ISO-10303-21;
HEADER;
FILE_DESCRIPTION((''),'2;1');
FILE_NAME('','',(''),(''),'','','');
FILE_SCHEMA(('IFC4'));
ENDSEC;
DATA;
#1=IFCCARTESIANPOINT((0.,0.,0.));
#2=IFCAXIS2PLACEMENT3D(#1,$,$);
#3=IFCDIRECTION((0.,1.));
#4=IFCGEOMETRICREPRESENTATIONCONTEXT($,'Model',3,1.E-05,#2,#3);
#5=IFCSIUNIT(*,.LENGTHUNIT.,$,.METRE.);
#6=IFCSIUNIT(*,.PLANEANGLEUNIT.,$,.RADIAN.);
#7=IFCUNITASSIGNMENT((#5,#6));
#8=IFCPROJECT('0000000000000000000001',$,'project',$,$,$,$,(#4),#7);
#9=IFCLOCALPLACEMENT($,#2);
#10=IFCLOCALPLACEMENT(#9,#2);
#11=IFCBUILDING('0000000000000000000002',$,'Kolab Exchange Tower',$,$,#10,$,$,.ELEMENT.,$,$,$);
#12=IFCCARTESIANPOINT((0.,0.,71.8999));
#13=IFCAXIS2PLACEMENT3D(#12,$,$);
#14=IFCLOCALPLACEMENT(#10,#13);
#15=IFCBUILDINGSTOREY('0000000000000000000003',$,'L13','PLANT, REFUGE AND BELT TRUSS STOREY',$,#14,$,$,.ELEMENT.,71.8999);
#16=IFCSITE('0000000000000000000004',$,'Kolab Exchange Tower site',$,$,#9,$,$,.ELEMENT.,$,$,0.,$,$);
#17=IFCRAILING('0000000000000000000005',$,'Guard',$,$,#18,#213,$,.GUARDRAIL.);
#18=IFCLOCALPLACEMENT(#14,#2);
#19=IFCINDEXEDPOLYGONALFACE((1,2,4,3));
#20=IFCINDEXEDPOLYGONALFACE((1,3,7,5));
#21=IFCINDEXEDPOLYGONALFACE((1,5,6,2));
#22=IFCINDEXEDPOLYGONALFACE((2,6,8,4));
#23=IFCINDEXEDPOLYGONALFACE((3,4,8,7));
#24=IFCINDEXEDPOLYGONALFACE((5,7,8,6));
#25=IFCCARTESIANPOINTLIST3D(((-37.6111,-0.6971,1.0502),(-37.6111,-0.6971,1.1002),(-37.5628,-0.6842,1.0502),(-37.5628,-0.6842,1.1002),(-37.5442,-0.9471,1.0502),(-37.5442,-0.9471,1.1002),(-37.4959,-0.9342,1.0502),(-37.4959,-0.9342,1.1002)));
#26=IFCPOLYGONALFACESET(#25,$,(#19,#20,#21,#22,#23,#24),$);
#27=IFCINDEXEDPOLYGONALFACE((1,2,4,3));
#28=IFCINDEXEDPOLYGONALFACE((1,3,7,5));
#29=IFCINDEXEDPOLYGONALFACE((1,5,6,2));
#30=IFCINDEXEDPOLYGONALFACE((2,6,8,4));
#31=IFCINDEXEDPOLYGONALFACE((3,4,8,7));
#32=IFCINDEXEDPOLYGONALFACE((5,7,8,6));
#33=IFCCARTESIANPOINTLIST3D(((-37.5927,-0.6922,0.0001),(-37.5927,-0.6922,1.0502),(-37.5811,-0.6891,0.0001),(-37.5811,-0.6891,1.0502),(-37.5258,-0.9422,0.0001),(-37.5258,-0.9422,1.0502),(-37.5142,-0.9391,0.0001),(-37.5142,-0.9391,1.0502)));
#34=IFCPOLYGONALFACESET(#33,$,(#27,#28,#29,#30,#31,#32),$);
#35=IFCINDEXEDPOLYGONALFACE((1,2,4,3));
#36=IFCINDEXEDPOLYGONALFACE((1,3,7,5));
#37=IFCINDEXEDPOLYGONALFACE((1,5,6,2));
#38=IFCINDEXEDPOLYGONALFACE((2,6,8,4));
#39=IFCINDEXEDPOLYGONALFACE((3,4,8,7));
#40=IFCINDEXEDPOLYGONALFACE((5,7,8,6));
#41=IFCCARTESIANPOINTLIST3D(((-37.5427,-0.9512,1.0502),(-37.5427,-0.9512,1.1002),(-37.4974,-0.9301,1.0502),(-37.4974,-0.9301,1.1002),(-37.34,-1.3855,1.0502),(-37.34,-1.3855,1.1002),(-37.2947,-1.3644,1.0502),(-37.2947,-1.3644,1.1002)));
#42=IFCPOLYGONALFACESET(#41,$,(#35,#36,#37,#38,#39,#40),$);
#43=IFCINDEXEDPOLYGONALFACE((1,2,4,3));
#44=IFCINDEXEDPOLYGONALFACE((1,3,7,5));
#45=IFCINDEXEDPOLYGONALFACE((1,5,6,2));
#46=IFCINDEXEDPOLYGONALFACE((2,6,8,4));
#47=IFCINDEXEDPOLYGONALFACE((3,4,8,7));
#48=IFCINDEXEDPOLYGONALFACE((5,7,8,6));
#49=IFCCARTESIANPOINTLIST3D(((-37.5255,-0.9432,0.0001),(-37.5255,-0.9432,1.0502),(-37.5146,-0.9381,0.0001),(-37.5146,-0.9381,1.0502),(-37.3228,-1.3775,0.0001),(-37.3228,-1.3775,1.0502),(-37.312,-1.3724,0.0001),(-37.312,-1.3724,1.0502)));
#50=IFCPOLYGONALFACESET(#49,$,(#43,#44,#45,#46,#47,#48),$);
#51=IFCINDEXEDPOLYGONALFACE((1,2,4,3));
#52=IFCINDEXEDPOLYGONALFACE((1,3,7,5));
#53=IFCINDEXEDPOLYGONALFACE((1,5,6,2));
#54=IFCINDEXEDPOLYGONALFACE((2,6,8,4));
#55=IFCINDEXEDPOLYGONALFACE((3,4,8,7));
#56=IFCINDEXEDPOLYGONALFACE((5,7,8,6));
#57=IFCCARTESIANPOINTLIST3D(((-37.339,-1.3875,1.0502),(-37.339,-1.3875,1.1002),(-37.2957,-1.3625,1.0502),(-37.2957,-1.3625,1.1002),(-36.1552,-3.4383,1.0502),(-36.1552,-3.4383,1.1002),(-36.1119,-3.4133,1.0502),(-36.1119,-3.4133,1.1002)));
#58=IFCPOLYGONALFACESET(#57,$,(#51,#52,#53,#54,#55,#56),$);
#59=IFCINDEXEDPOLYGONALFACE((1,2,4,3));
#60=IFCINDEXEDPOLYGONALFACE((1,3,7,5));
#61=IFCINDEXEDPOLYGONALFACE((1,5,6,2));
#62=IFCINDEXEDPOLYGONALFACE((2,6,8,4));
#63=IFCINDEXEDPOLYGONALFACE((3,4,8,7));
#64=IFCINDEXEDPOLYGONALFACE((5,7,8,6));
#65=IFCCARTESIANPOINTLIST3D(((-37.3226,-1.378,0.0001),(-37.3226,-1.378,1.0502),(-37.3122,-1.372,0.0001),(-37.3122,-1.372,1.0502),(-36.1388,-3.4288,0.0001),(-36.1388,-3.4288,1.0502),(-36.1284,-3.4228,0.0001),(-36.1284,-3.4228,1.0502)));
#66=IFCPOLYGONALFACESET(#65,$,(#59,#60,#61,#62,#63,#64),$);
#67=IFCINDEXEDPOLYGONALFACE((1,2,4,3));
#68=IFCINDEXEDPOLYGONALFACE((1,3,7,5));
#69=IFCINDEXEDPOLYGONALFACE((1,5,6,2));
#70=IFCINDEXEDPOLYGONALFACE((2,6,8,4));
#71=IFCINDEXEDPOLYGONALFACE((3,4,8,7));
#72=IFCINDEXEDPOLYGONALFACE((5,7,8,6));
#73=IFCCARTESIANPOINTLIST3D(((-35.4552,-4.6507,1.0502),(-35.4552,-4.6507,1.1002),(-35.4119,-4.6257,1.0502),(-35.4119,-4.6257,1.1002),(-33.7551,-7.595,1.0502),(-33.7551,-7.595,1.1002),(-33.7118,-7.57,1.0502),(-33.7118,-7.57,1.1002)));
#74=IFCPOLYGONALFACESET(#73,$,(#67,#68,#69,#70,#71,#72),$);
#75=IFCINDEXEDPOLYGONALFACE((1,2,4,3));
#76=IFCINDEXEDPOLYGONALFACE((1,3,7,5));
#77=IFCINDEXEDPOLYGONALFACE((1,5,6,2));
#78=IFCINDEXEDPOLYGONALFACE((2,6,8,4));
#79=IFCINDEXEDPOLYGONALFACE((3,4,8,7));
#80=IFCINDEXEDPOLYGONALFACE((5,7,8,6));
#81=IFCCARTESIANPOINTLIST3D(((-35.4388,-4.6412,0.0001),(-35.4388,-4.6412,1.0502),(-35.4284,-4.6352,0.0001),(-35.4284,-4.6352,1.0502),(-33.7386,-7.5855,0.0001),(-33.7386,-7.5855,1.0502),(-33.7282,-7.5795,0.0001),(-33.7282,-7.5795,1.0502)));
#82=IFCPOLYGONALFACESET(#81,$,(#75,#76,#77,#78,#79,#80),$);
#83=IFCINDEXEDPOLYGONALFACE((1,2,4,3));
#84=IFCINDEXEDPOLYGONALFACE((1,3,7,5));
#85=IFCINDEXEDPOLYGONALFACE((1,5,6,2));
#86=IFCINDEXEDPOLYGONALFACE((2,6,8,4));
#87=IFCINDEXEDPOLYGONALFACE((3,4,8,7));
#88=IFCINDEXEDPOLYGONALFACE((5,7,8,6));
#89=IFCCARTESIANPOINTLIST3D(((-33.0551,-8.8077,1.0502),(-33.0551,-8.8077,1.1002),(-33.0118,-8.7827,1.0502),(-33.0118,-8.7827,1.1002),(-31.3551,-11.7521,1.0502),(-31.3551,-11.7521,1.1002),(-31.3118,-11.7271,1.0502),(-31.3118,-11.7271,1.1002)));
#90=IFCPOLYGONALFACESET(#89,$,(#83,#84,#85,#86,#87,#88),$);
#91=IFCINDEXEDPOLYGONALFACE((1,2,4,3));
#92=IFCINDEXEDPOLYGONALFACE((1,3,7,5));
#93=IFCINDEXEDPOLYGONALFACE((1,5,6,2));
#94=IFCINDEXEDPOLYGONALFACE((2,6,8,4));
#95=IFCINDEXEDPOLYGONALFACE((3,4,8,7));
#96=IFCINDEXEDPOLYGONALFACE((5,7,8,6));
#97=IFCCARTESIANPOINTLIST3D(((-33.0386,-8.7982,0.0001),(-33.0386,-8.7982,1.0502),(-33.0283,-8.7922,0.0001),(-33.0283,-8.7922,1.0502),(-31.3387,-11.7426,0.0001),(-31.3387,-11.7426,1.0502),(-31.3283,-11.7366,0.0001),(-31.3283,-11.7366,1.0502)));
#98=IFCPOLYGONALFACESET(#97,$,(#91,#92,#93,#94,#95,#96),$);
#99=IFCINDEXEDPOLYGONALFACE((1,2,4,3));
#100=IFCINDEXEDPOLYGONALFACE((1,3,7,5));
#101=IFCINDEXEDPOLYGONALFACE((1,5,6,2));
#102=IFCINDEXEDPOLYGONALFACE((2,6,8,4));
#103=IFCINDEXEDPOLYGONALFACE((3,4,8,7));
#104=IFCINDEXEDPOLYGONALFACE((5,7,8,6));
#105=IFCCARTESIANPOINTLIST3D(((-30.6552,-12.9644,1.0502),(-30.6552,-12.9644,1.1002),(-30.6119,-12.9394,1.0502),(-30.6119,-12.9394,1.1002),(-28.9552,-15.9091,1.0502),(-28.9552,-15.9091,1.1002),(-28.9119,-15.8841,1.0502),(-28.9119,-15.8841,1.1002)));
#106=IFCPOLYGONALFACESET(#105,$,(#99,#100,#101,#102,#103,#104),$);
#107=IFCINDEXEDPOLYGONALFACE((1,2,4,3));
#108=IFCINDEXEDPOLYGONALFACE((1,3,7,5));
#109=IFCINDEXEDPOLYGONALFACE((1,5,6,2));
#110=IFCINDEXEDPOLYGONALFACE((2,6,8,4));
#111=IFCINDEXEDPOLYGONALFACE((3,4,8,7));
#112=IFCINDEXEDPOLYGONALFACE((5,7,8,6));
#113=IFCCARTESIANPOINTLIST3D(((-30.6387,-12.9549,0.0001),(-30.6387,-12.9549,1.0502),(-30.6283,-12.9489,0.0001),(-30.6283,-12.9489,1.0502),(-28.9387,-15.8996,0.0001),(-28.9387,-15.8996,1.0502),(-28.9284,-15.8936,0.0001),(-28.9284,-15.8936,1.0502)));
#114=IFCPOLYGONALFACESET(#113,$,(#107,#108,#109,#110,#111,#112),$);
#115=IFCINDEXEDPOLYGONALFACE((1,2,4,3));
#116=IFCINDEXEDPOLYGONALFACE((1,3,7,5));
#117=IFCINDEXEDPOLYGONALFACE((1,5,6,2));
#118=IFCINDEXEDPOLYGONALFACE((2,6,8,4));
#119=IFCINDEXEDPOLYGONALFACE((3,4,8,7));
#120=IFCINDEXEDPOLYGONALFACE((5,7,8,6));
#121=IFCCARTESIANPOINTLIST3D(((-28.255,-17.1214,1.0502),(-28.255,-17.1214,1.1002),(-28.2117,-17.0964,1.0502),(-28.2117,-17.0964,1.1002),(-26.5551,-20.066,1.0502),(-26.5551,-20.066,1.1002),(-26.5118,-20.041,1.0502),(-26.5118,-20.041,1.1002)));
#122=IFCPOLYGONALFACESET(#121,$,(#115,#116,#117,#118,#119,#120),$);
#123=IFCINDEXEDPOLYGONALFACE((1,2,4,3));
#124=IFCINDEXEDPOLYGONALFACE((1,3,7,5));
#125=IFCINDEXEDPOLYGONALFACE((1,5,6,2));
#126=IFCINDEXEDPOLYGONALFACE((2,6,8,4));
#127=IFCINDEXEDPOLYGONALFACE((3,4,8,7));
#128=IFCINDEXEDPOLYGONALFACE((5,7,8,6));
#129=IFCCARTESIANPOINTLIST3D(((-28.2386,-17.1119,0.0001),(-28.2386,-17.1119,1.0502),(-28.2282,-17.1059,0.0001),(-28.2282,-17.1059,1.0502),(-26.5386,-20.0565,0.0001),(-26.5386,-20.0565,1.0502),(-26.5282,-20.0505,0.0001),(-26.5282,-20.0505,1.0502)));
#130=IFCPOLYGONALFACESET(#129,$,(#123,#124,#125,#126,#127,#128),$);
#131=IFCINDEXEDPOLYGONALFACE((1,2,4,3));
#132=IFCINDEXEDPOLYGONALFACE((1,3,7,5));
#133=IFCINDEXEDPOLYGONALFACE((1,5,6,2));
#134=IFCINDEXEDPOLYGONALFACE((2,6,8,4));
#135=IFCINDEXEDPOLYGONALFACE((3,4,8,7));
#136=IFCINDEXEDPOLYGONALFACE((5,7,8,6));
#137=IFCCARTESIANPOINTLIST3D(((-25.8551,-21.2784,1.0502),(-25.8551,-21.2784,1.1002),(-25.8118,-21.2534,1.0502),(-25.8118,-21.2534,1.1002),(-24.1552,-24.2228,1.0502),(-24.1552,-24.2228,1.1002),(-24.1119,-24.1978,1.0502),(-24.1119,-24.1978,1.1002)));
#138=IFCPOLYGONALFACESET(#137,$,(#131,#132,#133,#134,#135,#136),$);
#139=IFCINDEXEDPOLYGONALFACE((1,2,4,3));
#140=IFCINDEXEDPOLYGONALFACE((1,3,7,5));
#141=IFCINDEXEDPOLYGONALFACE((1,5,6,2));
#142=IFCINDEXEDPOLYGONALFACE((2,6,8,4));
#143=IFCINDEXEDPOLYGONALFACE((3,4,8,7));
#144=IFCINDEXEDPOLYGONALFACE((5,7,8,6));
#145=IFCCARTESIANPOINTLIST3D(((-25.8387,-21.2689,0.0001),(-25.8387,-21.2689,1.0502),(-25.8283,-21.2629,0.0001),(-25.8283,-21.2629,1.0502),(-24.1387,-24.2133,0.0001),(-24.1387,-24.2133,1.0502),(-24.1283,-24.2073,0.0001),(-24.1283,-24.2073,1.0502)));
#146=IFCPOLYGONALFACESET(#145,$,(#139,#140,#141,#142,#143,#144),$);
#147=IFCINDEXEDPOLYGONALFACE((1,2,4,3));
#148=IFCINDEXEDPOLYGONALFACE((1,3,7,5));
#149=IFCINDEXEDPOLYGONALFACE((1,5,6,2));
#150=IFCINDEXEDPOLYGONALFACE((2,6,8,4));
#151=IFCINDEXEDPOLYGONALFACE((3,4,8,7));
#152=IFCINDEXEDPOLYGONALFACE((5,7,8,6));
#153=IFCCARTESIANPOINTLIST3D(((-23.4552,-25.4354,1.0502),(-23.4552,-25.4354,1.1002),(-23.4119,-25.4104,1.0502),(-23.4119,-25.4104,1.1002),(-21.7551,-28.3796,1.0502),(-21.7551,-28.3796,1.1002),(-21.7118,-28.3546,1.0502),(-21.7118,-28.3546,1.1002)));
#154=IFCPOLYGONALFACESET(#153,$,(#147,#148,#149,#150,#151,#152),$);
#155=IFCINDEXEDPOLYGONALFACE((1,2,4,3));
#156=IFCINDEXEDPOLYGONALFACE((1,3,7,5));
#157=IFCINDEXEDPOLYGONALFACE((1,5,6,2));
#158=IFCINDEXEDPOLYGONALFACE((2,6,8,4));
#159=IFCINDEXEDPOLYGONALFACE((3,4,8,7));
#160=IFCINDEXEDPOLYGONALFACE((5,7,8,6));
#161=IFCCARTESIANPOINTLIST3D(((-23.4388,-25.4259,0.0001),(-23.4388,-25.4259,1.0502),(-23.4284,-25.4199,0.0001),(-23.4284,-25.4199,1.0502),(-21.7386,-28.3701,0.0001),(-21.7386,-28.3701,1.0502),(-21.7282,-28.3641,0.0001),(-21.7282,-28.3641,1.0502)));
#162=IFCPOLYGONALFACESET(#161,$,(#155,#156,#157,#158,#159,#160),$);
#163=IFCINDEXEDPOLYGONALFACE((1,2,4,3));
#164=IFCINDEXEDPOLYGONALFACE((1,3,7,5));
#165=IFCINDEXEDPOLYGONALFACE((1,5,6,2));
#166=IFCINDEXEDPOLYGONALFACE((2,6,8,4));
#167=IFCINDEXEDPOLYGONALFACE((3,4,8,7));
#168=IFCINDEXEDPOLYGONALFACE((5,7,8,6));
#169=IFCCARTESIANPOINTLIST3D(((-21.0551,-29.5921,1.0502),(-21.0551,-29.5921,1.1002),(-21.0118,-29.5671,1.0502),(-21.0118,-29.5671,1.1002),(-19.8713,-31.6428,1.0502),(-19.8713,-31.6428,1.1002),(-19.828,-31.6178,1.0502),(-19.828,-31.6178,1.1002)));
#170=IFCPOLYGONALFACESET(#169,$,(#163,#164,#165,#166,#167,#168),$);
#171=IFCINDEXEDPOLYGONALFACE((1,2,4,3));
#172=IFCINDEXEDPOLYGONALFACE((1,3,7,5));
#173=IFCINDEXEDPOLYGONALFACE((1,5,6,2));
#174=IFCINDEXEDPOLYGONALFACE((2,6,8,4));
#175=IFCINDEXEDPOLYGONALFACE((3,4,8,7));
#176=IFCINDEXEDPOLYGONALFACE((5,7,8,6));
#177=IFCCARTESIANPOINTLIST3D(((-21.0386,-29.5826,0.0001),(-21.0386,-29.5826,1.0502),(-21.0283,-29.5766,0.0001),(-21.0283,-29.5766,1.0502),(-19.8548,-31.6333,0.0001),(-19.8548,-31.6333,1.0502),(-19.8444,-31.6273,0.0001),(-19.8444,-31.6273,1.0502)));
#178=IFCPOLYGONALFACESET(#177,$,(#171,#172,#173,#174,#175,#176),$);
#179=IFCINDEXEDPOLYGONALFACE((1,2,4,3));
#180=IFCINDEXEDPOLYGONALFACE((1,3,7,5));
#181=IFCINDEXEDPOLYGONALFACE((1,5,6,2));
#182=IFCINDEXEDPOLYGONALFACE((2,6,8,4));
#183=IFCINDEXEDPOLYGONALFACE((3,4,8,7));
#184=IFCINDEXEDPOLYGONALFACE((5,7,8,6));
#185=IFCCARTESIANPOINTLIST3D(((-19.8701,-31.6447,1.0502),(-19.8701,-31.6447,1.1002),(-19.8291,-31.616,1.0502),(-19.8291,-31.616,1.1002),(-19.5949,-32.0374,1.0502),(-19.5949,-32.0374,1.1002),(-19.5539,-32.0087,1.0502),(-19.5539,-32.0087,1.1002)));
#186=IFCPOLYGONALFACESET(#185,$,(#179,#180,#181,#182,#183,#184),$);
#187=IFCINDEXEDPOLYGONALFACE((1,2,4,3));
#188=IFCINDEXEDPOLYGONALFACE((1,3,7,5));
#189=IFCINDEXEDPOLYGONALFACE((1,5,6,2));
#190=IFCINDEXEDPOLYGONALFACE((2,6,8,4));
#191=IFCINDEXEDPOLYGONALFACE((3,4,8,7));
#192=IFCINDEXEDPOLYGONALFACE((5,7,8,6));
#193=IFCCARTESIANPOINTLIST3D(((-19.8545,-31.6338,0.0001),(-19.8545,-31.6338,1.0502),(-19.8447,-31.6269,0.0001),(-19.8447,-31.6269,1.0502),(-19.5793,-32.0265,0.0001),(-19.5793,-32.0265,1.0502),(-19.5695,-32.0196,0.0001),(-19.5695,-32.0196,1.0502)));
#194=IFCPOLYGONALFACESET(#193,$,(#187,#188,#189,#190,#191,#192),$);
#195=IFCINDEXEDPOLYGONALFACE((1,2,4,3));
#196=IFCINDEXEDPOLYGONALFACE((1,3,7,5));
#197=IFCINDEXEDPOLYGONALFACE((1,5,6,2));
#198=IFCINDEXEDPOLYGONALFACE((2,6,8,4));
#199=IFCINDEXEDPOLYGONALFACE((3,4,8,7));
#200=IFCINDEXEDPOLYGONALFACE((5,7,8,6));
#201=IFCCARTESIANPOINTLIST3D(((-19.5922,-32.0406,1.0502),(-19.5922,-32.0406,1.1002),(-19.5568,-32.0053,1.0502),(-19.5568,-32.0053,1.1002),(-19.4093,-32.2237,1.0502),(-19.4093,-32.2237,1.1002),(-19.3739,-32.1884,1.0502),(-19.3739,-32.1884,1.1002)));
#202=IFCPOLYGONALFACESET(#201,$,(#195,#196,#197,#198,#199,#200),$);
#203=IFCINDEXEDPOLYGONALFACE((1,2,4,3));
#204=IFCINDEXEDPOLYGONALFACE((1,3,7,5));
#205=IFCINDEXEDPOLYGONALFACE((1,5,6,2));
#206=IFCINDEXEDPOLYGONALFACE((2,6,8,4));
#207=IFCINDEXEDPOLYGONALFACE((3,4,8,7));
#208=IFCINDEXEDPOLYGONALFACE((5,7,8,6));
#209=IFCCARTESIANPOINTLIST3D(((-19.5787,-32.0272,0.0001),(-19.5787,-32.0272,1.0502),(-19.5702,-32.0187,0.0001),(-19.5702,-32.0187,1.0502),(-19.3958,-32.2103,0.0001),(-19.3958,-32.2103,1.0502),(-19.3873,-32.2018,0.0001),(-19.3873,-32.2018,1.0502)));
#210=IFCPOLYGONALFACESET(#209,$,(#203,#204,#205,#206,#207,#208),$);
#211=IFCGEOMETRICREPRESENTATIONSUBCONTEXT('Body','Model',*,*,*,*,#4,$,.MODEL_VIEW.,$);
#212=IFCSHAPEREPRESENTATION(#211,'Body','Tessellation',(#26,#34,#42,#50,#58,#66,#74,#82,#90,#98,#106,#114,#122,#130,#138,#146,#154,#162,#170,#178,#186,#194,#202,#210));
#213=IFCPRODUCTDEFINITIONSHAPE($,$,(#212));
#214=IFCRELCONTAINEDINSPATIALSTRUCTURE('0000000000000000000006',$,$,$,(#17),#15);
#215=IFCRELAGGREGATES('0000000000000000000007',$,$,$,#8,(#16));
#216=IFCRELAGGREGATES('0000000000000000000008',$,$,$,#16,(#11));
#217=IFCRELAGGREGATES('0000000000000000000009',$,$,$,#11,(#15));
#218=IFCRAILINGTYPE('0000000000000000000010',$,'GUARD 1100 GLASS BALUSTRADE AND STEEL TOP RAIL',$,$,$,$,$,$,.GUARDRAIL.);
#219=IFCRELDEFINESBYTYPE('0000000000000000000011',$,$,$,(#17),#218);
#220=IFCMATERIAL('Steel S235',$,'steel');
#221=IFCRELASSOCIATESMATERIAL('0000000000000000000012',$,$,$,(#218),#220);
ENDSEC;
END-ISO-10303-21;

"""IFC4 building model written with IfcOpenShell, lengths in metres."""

from ifc_helpers import new_model, si_unit, direction, frame, frame_2d, origin, origin_2d, place, context, subcontext, project, spatial, rectangle, extrude, material, type_object, element, save


model = new_model("IFC4")

# Units and contexts
model_context = context("Model", 3, precision=1e-05, world=origin(), true_north=direction((0.0, 1.0)))
body_context = subcontext(model_context, "Body", "Model", "MODEL_VIEW")
ifc_project = project(units=[si_unit("LENGTHUNIT", "METRE"), si_unit("PLANEANGLEUNIT", "RADIAN")], contexts=[model_context])

# Site, building, storey
site_placement = place(None, origin())
site = spatial("IfcSite", under=ifc_project, at=site_placement, Name="Kolab Exchange Tower site", CompositionType="ELEMENT", RefElevation=0.0)
building_placement = place(site_placement, origin())
building = spatial("IfcBuilding", under=site, at=building_placement, Name="Kolab Exchange Tower", CompositionType="ELEMENT")
storey_placement = place(building_placement, frame((0.0, 0.0, 71.8999)))
storey = spatial("IfcBuildingStorey", under=building, at=storey_placement, Name="L13", Description="PLANT, REFUGE AND BELT TRUSS STOREY", CompositionType="ELEMENT", Elevation=71.8999)

# Railing
ifc_material_1 = material(Name="Steel S235", Category="steel")
railing_type = type_object("IfcRailingType", Name="GUARD 1100 GLASS BALUSTRADE AND STEEL TOP RAIL", PredefinedType="GUARDRAIL", material=ifc_material_1)
railing_placement = place(storey_placement, frame((-37.5869, -0.6907, 0.0)))
element("IfcRailing", 1, at=railing_placement, inside=storey, type_object=railing_type, Name="Guard", PredefinedType="GUARDRAIL", context=body_context, shape_type="SweptSolid", body=[
    extrude(rectangle(XDim=0.05, YDim=0.05, at=origin_2d()), frame((0.0, 0.0, 1.0752), z_axis=(0.258485, -0.966015, 0.0), x_axis=(0.966015, 0.258485, 0.0)), (0.0, 0.0, 1.0), 0.2588),
    extrude(rectangle(XDim=0.012, YDim=1.0501, at=frame_2d((0.0, 0.5251))), frame((0.0, 0.0, 0.0), z_axis=(0.258485, -0.966015, 0.0), x_axis=(0.966015, 0.258485, 0.0)), (0.0, 0.0, 1.0), 0.2588),
    extrude(rectangle(XDim=0.05, YDim=0.05, at=origin_2d()), frame((0.0669, -0.25, 1.0752), z_axis=(0.422802, -0.906222, 0.0), x_axis=(0.906222, 0.422802, 0.0)), (0.0, 0.0, 1.0), 0.4792),
    extrude(rectangle(XDim=0.012, YDim=1.0501, at=frame_2d((0.0, 0.5251))), frame((0.0669, -0.25, 0.0), z_axis=(0.422802, -0.906222, 0.0), x_axis=(0.906222, 0.422802, 0.0)), (0.0, 0.0, 1.0), 0.4792),
    extrude(rectangle(XDim=0.05, YDim=0.05, at=origin_2d()), frame((0.2695, -0.6843, 1.0752), z_axis=(0.499943, -0.866059, 0.0), x_axis=(0.866059, 0.499943, 0.0)), (0.0, 0.0, 1.0), 2.3679),
    extrude(rectangle(XDim=0.012, YDim=1.0501, at=frame_2d((0.0, 0.5251))), frame((0.2695, -0.6843, 0.0), z_axis=(0.499943, -0.866059, 0.0), x_axis=(0.866059, 0.499943, 0.0)), (0.0, 0.0, 1.0), 2.3679),
    extrude(rectangle(XDim=0.05, YDim=0.05, at=origin_2d()), frame((2.1533, -3.9475, 1.0752), z_axis=(0.500062, -0.865989, 0.0), x_axis=(0.865989, 0.500062, 0.0)), (0.0, 0.0, 1.0), 3.3999),
    extrude(rectangle(XDim=0.012, YDim=1.0501, at=frame_2d((0.0, 0.5251))), frame((2.1533, -3.9475, 0.0), z_axis=(0.500062, -0.865989, 0.0), x_axis=(0.865989, 0.500062, 0.0)), (0.0, 0.0, 1.0), 3.3999),
    extrude(rectangle(XDim=0.05, YDim=0.05, at=origin_2d()), frame((4.5535, -8.1045, 1.0752), z_axis=(0.500008, -0.866021, 0.0), x_axis=(0.866021, 0.500008, 0.0)), (0.0, 0.0, 1.0), 3.3999),
    extrude(rectangle(XDim=0.012, YDim=1.0501, at=frame_2d((0.0, 0.5251))), frame((4.5535, -8.1045, 0.0), z_axis=(0.500008, -0.866021, 0.0), x_axis=(0.866021, 0.500008, 0.0)), (0.0, 0.0, 1.0), 3.3999),
    extrude(rectangle(XDim=0.05, YDim=0.05, at=origin_2d()), frame((6.9534, -12.2612, 1.0752), z_axis=(0.499977, -0.866039, 0.0), x_axis=(0.866039, 0.499977, 0.0)), (0.0, 0.0, 1.0), 3.4001),
    extrude(rectangle(XDim=0.012, YDim=1.0501, at=frame_2d((0.0, 0.5251))), frame((6.9534, -12.2612, 0.0), z_axis=(0.499977, -0.866039, 0.0), x_axis=(0.866039, 0.499977, 0.0)), (0.0, 0.0, 1.0), 3.4001),
    extrude(rectangle(XDim=0.05, YDim=0.05, at=origin_2d()), frame((9.3535, -16.4182, 1.0752), z_axis=(0.499977, -0.866039, 0.0), x_axis=(0.866039, 0.499977, 0.0)), (0.0, 0.0, 1.0), 3.4001),
    extrude(rectangle(XDim=0.012, YDim=1.0501, at=frame_2d((0.0, 0.5251))), frame((9.3535, -16.4182, 0.0), z_axis=(0.499977, -0.866039, 0.0), x_axis=(0.866039, 0.499977, 0.0)), (0.0, 0.0, 1.0), 3.4001),
    extrude(rectangle(XDim=0.05, YDim=0.05, at=origin_2d()), frame((11.7534, -20.5752, 1.0752), z_axis=(0.500008, -0.866021, 0.0), x_axis=(0.866021, 0.500008, 0.0)), (0.0, 0.0, 1.0), 3.3999),
    extrude(rectangle(XDim=0.012, YDim=1.0501, at=frame_2d((0.0, 0.5251))), frame((11.7534, -20.5752, 0.0), z_axis=(0.500008, -0.866021, 0.0), x_axis=(0.866021, 0.500008, 0.0)), (0.0, 0.0, 1.0), 3.3999),
    extrude(rectangle(XDim=0.05, YDim=0.05, at=origin_2d()), frame((14.1533, -24.7322, 1.0752), z_axis=(0.500062, -0.865989, 0.0), x_axis=(0.865989, 0.500062, 0.0)), (0.0, 0.0, 1.0), 3.3999),
    extrude(rectangle(XDim=0.012, YDim=1.0501, at=frame_2d((0.0, 0.5251))), frame((14.1533, -24.7322, 0.0), z_axis=(0.500062, -0.865989, 0.0), x_axis=(0.865989, 0.500062, 0.0)), (0.0, 0.0, 1.0), 3.3999),
    extrude(rectangle(XDim=0.05, YDim=0.05, at=origin_2d()), frame((16.5535, -28.8889, 1.0752), z_axis=(0.499943, -0.866059, 0.0), x_axis=(0.866059, 0.499943, 0.0)), (0.0, 0.0, 1.0), 2.3679),
    extrude(rectangle(XDim=0.012, YDim=1.0501, at=frame_2d((0.0, 0.5251))), frame((16.5535, -28.8889, 0.0), z_axis=(0.499943, -0.866059, 0.0), x_axis=(0.866059, 0.499943, 0.0)), (0.0, 0.0, 1.0), 2.3679),
    extrude(rectangle(XDim=0.05, YDim=0.05, at=origin_2d()), frame((17.7373, -30.9397, 1.0752), z_axis=(0.573941, -0.818897, 0.0), x_axis=(0.818897, 0.573941, 0.0)), (0.0, 0.0, 1.0), 0.4795),
    extrude(rectangle(XDim=0.012, YDim=1.0501, at=frame_2d((0.0, 0.5251))), frame((17.7373, -30.9397, 0.0), z_axis=(0.573941, -0.818897, 0.0), x_axis=(0.818897, 0.573941, 0.0)), (0.0, 0.0, 1.0), 0.4795),
    extrude(rectangle(XDim=0.05, YDim=0.05, at=origin_2d()), frame((18.0125, -31.3323, 1.0752), z_axis=(0.706635, -0.707578, 0.0), x_axis=(0.707578, 0.706635, 0.0)), (0.0, 0.0, 1.0), 0.2588),
    extrude(rectangle(XDim=0.012, YDim=1.0501, at=frame_2d((0.0, 0.5251))), frame((18.0125, -31.3323, 0.0), z_axis=(0.706635, -0.707578, 0.0), x_axis=(0.707578, 0.706635, 0.0)), (0.0, 0.0, 1.0), 0.2588),
])

save(model, "model.ifc")
